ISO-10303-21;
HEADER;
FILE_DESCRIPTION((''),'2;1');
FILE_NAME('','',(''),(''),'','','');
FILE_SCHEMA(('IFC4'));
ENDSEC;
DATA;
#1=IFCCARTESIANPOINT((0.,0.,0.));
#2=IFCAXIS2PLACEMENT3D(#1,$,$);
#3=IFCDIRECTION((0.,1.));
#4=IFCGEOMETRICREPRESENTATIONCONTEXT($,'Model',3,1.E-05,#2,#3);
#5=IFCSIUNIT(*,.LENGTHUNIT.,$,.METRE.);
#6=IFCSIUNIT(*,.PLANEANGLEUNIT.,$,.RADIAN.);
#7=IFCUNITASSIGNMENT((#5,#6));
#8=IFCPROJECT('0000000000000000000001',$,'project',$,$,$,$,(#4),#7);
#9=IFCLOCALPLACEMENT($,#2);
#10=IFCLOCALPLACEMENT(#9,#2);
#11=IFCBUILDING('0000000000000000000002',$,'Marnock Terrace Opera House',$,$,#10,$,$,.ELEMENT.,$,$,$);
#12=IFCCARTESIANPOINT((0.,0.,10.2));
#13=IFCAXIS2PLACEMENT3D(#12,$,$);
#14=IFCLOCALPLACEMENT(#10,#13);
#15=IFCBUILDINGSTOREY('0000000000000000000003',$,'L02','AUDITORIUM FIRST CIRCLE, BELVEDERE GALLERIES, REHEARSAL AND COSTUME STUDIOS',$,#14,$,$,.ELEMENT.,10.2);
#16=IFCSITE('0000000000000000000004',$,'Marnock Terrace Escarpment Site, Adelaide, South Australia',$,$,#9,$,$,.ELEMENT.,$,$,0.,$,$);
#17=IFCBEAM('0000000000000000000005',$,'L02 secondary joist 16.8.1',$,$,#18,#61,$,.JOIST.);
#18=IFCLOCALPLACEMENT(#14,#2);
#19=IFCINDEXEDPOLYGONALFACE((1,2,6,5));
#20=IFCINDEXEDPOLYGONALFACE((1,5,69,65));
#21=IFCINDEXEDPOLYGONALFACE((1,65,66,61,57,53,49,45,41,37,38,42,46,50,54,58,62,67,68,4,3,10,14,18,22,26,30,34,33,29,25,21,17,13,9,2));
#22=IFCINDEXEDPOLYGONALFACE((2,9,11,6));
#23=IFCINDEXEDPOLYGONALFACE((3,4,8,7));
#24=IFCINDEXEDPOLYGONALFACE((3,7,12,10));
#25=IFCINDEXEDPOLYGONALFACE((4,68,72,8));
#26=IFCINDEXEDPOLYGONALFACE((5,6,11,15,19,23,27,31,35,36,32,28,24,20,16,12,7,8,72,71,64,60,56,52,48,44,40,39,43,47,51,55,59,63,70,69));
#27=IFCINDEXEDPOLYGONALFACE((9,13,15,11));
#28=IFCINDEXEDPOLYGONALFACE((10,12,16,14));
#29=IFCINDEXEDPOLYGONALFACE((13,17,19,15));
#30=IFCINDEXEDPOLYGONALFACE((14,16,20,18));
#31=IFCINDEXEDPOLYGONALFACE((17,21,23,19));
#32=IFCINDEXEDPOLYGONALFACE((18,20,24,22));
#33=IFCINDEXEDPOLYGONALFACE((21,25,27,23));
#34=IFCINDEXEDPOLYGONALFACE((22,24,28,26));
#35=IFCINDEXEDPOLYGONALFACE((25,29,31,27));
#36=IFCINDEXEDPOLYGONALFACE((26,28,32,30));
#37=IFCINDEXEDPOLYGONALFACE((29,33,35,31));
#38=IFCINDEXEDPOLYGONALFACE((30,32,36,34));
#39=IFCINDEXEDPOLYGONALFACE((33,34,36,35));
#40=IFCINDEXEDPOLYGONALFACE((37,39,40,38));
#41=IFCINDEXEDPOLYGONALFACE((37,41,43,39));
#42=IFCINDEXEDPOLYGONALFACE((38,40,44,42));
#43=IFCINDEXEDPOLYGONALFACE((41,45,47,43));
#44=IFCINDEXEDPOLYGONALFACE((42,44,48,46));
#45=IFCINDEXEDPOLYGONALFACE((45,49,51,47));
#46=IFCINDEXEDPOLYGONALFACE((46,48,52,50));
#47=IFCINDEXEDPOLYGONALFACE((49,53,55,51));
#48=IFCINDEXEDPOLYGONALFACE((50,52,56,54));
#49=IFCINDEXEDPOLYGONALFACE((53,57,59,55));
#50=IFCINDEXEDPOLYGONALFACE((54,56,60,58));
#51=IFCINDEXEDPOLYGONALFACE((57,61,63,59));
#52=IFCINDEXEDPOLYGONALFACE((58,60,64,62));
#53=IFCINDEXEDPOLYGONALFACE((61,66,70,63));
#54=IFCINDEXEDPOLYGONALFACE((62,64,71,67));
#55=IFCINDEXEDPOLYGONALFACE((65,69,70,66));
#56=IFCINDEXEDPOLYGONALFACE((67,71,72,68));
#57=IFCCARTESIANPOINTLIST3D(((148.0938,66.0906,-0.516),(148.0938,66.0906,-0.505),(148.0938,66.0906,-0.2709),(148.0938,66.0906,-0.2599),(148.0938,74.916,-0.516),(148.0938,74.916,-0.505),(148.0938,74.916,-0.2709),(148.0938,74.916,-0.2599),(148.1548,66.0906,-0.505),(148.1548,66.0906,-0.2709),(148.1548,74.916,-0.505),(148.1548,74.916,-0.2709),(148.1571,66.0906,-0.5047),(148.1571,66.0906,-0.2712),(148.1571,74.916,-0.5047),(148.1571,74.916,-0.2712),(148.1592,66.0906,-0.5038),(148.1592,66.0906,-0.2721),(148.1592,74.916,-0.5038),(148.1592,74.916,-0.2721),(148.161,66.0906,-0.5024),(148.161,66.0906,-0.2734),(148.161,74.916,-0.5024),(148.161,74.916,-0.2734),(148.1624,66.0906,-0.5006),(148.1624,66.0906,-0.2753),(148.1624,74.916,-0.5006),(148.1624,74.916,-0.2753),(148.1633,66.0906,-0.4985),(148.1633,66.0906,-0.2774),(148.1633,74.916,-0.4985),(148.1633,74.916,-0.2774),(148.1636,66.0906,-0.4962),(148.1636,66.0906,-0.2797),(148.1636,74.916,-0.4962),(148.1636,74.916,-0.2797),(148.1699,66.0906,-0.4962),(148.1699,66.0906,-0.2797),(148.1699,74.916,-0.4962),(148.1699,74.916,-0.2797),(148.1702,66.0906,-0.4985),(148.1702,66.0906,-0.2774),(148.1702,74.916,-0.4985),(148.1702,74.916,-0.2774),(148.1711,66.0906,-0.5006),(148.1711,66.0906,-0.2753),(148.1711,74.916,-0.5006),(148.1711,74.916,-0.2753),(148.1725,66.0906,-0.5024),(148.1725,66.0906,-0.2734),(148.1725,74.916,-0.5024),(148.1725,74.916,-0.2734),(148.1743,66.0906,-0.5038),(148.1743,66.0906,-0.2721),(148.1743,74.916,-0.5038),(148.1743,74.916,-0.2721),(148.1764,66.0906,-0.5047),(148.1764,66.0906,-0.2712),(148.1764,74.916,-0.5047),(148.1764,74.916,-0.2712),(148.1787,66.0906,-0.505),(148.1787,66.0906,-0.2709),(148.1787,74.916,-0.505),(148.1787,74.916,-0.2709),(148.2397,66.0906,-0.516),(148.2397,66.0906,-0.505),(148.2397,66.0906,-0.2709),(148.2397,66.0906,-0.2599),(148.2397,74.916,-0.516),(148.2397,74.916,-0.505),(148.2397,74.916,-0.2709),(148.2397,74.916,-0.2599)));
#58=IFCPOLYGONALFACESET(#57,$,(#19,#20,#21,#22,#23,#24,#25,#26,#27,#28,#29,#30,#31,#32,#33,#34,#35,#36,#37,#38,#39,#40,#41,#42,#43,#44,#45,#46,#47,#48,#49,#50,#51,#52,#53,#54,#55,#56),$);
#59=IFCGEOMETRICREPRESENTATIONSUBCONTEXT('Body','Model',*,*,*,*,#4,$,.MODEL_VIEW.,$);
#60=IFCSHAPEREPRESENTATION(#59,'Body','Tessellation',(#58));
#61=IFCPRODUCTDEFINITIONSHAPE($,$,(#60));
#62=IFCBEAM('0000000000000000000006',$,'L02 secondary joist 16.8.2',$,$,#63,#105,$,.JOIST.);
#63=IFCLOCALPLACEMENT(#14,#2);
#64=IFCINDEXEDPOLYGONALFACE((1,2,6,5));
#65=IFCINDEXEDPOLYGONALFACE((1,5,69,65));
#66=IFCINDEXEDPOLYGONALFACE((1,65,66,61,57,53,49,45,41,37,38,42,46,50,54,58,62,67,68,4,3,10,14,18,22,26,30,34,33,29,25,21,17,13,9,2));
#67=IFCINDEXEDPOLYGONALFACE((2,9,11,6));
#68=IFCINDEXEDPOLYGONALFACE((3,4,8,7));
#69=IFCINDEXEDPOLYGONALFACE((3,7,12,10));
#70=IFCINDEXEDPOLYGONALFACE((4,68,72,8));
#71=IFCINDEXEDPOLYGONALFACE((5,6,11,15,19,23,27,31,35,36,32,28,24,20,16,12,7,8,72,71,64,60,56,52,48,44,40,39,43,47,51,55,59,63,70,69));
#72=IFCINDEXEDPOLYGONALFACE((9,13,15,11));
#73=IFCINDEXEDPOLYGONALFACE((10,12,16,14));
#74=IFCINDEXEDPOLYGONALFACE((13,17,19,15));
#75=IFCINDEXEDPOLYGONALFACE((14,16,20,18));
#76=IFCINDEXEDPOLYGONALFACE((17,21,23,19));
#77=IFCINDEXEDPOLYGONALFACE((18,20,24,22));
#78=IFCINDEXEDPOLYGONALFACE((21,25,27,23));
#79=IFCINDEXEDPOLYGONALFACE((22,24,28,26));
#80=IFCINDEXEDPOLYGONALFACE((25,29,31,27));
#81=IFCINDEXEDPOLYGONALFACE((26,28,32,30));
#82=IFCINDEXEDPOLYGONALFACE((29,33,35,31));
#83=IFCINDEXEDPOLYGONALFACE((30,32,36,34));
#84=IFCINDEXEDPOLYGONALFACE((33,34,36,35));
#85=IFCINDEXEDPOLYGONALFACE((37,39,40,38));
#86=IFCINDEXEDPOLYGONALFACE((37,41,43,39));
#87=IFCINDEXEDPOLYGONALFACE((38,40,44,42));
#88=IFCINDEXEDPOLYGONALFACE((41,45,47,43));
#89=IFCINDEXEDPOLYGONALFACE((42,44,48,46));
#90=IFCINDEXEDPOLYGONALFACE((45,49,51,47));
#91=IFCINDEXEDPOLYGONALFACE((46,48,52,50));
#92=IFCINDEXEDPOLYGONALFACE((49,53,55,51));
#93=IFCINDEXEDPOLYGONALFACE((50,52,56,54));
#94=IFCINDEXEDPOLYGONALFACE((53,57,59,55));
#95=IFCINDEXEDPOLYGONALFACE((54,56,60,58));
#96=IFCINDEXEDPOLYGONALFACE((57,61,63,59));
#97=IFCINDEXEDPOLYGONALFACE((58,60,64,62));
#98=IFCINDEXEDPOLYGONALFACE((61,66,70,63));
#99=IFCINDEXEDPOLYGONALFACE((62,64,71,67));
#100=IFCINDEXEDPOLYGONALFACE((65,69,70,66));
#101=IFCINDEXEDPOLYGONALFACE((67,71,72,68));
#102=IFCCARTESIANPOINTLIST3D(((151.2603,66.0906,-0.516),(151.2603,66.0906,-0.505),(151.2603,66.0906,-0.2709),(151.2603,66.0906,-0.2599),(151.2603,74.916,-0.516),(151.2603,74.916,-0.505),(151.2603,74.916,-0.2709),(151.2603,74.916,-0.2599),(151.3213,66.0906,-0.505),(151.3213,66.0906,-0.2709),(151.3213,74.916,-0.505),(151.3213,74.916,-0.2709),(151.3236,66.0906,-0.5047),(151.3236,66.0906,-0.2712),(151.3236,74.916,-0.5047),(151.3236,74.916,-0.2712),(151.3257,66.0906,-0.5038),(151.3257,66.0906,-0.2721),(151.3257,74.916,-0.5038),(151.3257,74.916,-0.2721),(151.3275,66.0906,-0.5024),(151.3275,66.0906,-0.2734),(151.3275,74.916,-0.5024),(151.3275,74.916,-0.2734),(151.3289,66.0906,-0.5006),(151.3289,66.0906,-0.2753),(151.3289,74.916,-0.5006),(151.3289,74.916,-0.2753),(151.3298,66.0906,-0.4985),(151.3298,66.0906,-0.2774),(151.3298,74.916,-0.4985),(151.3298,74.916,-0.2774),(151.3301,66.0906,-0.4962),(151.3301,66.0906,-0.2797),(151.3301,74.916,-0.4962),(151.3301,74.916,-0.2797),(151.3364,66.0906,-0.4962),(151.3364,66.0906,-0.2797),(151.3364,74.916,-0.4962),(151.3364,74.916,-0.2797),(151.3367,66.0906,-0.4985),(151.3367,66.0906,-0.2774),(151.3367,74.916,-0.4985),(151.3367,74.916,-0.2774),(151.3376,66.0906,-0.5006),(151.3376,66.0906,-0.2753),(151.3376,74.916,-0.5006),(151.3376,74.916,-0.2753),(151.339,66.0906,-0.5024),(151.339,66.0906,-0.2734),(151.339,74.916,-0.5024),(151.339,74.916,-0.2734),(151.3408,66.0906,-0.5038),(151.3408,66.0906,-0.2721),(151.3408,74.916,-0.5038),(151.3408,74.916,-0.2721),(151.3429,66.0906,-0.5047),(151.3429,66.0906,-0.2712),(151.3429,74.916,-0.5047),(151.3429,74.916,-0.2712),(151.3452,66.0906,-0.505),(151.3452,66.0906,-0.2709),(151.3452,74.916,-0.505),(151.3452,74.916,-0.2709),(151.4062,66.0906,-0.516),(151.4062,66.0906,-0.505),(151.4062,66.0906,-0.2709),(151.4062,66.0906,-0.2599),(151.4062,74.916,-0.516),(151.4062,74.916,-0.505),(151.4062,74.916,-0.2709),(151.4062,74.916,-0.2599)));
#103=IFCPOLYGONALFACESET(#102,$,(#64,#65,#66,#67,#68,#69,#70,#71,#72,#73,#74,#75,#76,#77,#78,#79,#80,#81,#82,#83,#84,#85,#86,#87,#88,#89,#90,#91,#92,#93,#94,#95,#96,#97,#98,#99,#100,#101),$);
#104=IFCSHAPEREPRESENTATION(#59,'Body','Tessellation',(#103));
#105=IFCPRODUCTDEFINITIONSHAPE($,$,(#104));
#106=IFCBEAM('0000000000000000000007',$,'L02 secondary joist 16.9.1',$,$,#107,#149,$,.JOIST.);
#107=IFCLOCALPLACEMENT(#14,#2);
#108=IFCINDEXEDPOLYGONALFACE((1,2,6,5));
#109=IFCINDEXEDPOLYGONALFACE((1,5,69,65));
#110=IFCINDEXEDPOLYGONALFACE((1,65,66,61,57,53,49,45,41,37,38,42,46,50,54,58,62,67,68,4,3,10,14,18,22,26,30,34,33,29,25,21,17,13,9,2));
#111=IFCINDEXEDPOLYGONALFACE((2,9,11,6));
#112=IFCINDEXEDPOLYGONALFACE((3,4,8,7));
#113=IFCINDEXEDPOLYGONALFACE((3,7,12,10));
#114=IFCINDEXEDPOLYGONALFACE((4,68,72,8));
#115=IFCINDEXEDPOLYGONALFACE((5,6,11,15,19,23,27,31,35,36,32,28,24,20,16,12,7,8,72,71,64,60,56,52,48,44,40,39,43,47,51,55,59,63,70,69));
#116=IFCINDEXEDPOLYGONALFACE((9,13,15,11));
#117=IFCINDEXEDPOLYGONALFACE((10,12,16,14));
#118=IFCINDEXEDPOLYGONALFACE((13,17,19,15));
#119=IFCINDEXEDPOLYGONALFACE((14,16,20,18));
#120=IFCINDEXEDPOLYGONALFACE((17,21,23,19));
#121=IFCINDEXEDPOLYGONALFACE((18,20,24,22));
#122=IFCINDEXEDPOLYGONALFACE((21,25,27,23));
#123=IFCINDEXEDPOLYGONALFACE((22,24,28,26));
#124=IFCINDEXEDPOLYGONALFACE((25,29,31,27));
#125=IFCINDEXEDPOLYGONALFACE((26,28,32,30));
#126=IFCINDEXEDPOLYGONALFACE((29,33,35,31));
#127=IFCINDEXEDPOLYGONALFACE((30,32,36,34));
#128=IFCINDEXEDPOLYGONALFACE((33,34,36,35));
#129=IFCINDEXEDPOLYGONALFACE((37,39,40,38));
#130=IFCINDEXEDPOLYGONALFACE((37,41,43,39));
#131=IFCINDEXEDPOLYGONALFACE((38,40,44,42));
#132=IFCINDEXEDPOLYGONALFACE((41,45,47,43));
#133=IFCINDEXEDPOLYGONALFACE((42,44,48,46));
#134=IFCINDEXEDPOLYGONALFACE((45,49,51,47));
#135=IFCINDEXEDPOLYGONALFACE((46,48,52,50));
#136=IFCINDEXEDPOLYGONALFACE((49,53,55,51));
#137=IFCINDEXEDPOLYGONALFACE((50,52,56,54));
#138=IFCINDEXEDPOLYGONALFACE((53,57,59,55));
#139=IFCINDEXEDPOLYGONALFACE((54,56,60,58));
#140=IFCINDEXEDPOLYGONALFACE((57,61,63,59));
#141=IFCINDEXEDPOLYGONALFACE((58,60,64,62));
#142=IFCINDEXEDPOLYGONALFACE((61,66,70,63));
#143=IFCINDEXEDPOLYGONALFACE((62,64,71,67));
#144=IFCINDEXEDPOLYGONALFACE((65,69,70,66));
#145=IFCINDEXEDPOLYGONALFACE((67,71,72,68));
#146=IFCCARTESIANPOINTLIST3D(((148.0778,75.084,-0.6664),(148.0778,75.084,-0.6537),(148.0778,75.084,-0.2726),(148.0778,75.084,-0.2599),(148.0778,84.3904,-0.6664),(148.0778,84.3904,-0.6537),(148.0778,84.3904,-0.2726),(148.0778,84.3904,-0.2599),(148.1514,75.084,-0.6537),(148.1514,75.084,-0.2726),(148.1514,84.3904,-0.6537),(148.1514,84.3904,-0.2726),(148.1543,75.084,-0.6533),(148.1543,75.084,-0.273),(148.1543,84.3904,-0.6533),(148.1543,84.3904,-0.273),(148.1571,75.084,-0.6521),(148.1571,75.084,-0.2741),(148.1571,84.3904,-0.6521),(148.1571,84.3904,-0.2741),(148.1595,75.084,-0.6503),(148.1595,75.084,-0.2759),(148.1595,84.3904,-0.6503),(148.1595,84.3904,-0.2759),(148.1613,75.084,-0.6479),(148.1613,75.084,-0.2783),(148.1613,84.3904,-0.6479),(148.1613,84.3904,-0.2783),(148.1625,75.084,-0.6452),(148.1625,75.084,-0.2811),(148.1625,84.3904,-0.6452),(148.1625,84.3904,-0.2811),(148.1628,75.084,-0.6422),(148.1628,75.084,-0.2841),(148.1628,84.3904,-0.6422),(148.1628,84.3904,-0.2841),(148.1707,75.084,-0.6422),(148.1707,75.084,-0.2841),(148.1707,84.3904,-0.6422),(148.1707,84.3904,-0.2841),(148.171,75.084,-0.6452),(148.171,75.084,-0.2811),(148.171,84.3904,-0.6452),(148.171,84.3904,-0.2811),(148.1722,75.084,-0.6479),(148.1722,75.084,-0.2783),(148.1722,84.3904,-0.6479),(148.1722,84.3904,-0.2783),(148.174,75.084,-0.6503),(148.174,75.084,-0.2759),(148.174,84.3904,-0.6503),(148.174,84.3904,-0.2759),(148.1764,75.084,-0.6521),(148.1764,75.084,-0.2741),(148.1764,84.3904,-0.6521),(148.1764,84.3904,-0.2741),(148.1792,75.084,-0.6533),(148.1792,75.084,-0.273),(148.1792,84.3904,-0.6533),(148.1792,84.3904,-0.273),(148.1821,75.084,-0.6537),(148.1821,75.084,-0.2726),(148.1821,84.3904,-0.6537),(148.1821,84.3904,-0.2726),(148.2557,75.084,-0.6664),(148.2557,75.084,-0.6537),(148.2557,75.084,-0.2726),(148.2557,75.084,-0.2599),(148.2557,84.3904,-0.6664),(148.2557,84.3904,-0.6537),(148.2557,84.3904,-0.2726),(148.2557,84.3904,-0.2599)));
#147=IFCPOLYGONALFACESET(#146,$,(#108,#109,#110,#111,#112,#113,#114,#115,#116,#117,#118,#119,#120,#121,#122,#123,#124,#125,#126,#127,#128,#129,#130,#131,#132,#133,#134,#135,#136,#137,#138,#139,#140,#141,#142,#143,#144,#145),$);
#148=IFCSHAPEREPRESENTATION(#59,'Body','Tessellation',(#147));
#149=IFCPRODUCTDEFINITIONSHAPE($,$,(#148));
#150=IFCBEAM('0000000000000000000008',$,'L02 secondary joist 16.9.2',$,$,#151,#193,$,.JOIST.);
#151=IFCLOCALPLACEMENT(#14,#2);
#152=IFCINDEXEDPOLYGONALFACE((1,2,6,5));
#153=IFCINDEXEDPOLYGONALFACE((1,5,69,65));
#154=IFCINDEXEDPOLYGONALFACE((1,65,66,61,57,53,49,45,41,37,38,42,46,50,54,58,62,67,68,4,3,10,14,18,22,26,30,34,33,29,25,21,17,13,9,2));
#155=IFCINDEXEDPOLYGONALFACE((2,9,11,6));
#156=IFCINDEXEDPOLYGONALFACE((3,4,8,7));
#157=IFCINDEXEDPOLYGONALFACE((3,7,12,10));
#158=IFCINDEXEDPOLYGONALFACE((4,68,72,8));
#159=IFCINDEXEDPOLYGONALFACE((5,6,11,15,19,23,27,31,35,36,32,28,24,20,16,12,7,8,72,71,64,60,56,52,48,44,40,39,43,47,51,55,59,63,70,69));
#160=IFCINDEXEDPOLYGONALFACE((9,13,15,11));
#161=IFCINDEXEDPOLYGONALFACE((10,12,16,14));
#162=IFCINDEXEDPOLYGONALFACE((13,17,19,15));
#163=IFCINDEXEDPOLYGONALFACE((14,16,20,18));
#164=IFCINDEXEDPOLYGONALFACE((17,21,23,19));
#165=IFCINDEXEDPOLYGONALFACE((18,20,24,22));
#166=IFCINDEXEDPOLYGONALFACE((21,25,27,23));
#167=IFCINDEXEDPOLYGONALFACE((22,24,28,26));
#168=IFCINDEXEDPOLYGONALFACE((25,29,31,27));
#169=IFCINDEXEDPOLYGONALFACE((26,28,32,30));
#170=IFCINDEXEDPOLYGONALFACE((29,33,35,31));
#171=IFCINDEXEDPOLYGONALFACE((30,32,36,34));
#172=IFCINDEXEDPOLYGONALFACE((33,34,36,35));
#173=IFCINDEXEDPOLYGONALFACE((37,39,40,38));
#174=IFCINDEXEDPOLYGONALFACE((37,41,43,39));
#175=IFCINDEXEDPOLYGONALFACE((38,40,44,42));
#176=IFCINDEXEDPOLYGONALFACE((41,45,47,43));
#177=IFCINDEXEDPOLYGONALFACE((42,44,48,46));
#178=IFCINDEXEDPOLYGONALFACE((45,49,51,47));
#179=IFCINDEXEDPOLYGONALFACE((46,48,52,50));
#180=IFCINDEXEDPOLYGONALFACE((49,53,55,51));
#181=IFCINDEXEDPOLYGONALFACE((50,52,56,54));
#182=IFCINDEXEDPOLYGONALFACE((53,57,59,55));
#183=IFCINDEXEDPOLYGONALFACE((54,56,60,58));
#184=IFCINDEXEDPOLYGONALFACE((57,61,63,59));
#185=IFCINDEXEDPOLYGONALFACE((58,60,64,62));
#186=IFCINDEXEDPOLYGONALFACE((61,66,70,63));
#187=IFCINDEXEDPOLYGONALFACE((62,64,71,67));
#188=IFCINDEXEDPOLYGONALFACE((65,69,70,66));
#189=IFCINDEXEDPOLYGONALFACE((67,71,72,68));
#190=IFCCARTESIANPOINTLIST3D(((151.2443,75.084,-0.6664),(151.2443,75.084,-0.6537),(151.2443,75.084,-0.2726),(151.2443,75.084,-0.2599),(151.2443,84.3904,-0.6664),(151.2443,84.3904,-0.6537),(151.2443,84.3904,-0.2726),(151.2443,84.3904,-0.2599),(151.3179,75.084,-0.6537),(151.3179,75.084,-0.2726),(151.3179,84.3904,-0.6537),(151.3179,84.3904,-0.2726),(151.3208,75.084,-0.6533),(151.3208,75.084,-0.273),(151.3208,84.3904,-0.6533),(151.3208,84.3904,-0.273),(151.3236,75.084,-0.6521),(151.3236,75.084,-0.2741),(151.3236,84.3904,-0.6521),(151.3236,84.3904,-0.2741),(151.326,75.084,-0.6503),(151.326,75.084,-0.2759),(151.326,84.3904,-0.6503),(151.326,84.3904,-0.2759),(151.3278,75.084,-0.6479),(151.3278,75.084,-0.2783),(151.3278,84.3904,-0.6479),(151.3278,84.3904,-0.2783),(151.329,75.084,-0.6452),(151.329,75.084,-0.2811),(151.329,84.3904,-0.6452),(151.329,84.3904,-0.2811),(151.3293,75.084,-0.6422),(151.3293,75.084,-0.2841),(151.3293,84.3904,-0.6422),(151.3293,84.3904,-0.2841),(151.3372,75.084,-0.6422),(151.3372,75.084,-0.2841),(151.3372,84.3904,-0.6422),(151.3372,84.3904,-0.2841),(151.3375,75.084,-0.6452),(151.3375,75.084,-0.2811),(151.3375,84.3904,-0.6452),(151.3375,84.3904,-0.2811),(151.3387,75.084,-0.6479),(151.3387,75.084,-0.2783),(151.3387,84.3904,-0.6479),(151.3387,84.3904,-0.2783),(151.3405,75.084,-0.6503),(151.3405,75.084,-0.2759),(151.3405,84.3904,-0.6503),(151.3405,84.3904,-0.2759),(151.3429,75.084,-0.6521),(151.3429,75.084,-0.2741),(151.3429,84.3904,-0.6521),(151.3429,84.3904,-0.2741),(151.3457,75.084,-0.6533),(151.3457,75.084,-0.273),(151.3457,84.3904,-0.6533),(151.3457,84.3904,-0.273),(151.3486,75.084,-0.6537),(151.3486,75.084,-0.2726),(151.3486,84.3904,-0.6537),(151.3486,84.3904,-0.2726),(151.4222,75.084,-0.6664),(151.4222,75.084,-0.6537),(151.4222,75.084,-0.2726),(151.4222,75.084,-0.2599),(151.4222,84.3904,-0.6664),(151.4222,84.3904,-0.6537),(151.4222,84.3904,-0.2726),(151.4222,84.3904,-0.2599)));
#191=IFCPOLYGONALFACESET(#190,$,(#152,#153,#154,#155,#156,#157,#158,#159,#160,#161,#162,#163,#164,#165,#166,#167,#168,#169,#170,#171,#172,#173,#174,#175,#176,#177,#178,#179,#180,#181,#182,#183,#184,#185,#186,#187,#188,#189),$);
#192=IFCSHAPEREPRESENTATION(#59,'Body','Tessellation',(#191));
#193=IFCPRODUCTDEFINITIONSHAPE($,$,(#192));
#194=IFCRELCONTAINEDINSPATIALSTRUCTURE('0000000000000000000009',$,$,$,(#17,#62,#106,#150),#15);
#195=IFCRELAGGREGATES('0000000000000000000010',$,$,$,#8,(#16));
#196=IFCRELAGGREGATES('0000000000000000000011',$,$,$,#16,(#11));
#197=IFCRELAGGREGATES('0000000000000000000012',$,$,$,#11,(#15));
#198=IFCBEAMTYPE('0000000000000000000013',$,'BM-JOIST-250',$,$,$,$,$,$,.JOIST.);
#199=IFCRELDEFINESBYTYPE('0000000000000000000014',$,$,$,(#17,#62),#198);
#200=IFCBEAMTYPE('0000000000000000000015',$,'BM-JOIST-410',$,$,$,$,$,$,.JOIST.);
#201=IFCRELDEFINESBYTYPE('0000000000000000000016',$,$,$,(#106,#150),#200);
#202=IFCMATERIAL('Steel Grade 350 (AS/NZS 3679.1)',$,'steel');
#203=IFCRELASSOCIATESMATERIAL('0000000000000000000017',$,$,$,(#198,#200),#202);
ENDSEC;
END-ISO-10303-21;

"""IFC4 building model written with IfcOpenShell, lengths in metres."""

from ifc_helpers import new_model, si_unit, direction, frame, origin, origin_2d, place, context, subcontext, project, spatial, i_section, extrude, material, material_profile, profile_set, type_object, element, save


model = new_model("IFC4")

# Units and contexts
model_context = context("Model", 3, precision=1e-05, world=origin(), true_north=direction((0.0, 1.0)))
body_context = subcontext(model_context, "Body", "Model", "MODEL_VIEW")
ifc_project = project(units=[si_unit("LENGTHUNIT", "METRE"), si_unit("PLANEANGLEUNIT", "RADIAN")], contexts=[model_context])

# Site, building, storey
site_placement = place(None, origin())
site = spatial("IfcSite", under=ifc_project, at=site_placement, Name="Marnock Terrace Escarpment Site, Adelaide, South Australia", CompositionType="ELEMENT", RefElevation=0.0)
building_placement = place(site_placement, origin())
building = spatial("IfcBuilding", under=site, at=building_placement, Name="Marnock Terrace Opera House", CompositionType="ELEMENT")
storey_placement = place(building_placement, frame((0.0, 0.0, 10.2)))
storey = spatial("IfcBuildingStorey", under=building, at=storey_placement, Name="L02", Description="AUDITORIUM FIRST CIRCLE, BELVEDERE GALLERIES, REHEARSAL AND COSTUME STUDIOS", CompositionType="ELEMENT", Elevation=10.2)

# Beams
ifc_material_1 = material(Name="Steel Grade 350 (AS/NZS 3679.1)", Category="steel")
ifc_material_profile_1 = material_profile(ifc_material_1, i_section(OverallWidth=0.146, OverallDepth=0.2561, WebThickness=0.0063, FlangeThickness=0.011, FilletRadius=0.0088, at=origin_2d()))
ifc_profile_set_1 = profile_set([ifc_material_profile_1], Name="Steel Grade 350 (AS/NZS 3679.1)")
beam_type_1 = type_object("IfcBeamType", Name="BM-JOIST-250", PredefinedType="JOIST", material=ifc_profile_set_1)
for number, where, z_axis, x_axis, name in (
    (1, (148.1667, 66.0906, -0.3879), (0.0, 1.0, 0.0), (-1.0, 0.0, 0.0), "L02 secondary joist 16.8.1"),
    (2, (151.3333, 66.0906, -0.3879), (0.0, 1.0, 0.0), (-1.0, 0.0, 0.0), "L02 secondary joist 16.8.2"),
):
    element("IfcBeam", number, at=place(storey_placement, frame(where, z_axis=z_axis, x_axis=x_axis)), inside=storey, type_object=beam_type_1, Name=name, PredefinedType="JOIST", context=body_context, shape_type="SweptSolid", body=[
        extrude(i_section(OverallWidth=0.146, OverallDepth=0.2561, WebThickness=0.0063, FlangeThickness=0.011, FilletRadius=0.0088, at=origin_2d()), origin(), (0.0, 0.0, 1.0), 8.8254),
    ])
ifc_material_profile_2 = material_profile(ifc_material_1, i_section(OverallWidth=0.178, OverallDepth=0.4065, WebThickness=0.0078, FlangeThickness=0.0127, FilletRadius=0.0115, at=origin_2d()))
ifc_profile_set_2 = profile_set([ifc_material_profile_2], Name="Steel Grade 350 (AS/NZS 3679.1)")
beam_type_2 = type_object("IfcBeamType", Name="BM-JOIST-410", PredefinedType="JOIST", material=ifc_profile_set_2)
for number, where, z_axis, x_axis, name in (
    (3, (148.1667, 75.084, -0.4631), (0.0, 1.0, 0.0), (-1.0, 0.0, 0.0), "L02 secondary joist 16.9.1"),
    (4, (151.3333, 75.084, -0.4631), (0.0, 1.0, 0.0), (-1.0, 0.0, 0.0), "L02 secondary joist 16.9.2"),
):
    element("IfcBeam", number, at=place(storey_placement, frame(where, z_axis=z_axis, x_axis=x_axis)), inside=storey, type_object=beam_type_2, Name=name, PredefinedType="JOIST", context=body_context, shape_type="SweptSolid", body=[
        extrude(i_section(OverallWidth=0.178, OverallDepth=0.4065, WebThickness=0.0078, FlangeThickness=0.0127, FilletRadius=0.0115, at=origin_2d()), origin(), (0.0, 0.0, 1.0), 9.3064),
    ])

save(model, "model.ifc")
